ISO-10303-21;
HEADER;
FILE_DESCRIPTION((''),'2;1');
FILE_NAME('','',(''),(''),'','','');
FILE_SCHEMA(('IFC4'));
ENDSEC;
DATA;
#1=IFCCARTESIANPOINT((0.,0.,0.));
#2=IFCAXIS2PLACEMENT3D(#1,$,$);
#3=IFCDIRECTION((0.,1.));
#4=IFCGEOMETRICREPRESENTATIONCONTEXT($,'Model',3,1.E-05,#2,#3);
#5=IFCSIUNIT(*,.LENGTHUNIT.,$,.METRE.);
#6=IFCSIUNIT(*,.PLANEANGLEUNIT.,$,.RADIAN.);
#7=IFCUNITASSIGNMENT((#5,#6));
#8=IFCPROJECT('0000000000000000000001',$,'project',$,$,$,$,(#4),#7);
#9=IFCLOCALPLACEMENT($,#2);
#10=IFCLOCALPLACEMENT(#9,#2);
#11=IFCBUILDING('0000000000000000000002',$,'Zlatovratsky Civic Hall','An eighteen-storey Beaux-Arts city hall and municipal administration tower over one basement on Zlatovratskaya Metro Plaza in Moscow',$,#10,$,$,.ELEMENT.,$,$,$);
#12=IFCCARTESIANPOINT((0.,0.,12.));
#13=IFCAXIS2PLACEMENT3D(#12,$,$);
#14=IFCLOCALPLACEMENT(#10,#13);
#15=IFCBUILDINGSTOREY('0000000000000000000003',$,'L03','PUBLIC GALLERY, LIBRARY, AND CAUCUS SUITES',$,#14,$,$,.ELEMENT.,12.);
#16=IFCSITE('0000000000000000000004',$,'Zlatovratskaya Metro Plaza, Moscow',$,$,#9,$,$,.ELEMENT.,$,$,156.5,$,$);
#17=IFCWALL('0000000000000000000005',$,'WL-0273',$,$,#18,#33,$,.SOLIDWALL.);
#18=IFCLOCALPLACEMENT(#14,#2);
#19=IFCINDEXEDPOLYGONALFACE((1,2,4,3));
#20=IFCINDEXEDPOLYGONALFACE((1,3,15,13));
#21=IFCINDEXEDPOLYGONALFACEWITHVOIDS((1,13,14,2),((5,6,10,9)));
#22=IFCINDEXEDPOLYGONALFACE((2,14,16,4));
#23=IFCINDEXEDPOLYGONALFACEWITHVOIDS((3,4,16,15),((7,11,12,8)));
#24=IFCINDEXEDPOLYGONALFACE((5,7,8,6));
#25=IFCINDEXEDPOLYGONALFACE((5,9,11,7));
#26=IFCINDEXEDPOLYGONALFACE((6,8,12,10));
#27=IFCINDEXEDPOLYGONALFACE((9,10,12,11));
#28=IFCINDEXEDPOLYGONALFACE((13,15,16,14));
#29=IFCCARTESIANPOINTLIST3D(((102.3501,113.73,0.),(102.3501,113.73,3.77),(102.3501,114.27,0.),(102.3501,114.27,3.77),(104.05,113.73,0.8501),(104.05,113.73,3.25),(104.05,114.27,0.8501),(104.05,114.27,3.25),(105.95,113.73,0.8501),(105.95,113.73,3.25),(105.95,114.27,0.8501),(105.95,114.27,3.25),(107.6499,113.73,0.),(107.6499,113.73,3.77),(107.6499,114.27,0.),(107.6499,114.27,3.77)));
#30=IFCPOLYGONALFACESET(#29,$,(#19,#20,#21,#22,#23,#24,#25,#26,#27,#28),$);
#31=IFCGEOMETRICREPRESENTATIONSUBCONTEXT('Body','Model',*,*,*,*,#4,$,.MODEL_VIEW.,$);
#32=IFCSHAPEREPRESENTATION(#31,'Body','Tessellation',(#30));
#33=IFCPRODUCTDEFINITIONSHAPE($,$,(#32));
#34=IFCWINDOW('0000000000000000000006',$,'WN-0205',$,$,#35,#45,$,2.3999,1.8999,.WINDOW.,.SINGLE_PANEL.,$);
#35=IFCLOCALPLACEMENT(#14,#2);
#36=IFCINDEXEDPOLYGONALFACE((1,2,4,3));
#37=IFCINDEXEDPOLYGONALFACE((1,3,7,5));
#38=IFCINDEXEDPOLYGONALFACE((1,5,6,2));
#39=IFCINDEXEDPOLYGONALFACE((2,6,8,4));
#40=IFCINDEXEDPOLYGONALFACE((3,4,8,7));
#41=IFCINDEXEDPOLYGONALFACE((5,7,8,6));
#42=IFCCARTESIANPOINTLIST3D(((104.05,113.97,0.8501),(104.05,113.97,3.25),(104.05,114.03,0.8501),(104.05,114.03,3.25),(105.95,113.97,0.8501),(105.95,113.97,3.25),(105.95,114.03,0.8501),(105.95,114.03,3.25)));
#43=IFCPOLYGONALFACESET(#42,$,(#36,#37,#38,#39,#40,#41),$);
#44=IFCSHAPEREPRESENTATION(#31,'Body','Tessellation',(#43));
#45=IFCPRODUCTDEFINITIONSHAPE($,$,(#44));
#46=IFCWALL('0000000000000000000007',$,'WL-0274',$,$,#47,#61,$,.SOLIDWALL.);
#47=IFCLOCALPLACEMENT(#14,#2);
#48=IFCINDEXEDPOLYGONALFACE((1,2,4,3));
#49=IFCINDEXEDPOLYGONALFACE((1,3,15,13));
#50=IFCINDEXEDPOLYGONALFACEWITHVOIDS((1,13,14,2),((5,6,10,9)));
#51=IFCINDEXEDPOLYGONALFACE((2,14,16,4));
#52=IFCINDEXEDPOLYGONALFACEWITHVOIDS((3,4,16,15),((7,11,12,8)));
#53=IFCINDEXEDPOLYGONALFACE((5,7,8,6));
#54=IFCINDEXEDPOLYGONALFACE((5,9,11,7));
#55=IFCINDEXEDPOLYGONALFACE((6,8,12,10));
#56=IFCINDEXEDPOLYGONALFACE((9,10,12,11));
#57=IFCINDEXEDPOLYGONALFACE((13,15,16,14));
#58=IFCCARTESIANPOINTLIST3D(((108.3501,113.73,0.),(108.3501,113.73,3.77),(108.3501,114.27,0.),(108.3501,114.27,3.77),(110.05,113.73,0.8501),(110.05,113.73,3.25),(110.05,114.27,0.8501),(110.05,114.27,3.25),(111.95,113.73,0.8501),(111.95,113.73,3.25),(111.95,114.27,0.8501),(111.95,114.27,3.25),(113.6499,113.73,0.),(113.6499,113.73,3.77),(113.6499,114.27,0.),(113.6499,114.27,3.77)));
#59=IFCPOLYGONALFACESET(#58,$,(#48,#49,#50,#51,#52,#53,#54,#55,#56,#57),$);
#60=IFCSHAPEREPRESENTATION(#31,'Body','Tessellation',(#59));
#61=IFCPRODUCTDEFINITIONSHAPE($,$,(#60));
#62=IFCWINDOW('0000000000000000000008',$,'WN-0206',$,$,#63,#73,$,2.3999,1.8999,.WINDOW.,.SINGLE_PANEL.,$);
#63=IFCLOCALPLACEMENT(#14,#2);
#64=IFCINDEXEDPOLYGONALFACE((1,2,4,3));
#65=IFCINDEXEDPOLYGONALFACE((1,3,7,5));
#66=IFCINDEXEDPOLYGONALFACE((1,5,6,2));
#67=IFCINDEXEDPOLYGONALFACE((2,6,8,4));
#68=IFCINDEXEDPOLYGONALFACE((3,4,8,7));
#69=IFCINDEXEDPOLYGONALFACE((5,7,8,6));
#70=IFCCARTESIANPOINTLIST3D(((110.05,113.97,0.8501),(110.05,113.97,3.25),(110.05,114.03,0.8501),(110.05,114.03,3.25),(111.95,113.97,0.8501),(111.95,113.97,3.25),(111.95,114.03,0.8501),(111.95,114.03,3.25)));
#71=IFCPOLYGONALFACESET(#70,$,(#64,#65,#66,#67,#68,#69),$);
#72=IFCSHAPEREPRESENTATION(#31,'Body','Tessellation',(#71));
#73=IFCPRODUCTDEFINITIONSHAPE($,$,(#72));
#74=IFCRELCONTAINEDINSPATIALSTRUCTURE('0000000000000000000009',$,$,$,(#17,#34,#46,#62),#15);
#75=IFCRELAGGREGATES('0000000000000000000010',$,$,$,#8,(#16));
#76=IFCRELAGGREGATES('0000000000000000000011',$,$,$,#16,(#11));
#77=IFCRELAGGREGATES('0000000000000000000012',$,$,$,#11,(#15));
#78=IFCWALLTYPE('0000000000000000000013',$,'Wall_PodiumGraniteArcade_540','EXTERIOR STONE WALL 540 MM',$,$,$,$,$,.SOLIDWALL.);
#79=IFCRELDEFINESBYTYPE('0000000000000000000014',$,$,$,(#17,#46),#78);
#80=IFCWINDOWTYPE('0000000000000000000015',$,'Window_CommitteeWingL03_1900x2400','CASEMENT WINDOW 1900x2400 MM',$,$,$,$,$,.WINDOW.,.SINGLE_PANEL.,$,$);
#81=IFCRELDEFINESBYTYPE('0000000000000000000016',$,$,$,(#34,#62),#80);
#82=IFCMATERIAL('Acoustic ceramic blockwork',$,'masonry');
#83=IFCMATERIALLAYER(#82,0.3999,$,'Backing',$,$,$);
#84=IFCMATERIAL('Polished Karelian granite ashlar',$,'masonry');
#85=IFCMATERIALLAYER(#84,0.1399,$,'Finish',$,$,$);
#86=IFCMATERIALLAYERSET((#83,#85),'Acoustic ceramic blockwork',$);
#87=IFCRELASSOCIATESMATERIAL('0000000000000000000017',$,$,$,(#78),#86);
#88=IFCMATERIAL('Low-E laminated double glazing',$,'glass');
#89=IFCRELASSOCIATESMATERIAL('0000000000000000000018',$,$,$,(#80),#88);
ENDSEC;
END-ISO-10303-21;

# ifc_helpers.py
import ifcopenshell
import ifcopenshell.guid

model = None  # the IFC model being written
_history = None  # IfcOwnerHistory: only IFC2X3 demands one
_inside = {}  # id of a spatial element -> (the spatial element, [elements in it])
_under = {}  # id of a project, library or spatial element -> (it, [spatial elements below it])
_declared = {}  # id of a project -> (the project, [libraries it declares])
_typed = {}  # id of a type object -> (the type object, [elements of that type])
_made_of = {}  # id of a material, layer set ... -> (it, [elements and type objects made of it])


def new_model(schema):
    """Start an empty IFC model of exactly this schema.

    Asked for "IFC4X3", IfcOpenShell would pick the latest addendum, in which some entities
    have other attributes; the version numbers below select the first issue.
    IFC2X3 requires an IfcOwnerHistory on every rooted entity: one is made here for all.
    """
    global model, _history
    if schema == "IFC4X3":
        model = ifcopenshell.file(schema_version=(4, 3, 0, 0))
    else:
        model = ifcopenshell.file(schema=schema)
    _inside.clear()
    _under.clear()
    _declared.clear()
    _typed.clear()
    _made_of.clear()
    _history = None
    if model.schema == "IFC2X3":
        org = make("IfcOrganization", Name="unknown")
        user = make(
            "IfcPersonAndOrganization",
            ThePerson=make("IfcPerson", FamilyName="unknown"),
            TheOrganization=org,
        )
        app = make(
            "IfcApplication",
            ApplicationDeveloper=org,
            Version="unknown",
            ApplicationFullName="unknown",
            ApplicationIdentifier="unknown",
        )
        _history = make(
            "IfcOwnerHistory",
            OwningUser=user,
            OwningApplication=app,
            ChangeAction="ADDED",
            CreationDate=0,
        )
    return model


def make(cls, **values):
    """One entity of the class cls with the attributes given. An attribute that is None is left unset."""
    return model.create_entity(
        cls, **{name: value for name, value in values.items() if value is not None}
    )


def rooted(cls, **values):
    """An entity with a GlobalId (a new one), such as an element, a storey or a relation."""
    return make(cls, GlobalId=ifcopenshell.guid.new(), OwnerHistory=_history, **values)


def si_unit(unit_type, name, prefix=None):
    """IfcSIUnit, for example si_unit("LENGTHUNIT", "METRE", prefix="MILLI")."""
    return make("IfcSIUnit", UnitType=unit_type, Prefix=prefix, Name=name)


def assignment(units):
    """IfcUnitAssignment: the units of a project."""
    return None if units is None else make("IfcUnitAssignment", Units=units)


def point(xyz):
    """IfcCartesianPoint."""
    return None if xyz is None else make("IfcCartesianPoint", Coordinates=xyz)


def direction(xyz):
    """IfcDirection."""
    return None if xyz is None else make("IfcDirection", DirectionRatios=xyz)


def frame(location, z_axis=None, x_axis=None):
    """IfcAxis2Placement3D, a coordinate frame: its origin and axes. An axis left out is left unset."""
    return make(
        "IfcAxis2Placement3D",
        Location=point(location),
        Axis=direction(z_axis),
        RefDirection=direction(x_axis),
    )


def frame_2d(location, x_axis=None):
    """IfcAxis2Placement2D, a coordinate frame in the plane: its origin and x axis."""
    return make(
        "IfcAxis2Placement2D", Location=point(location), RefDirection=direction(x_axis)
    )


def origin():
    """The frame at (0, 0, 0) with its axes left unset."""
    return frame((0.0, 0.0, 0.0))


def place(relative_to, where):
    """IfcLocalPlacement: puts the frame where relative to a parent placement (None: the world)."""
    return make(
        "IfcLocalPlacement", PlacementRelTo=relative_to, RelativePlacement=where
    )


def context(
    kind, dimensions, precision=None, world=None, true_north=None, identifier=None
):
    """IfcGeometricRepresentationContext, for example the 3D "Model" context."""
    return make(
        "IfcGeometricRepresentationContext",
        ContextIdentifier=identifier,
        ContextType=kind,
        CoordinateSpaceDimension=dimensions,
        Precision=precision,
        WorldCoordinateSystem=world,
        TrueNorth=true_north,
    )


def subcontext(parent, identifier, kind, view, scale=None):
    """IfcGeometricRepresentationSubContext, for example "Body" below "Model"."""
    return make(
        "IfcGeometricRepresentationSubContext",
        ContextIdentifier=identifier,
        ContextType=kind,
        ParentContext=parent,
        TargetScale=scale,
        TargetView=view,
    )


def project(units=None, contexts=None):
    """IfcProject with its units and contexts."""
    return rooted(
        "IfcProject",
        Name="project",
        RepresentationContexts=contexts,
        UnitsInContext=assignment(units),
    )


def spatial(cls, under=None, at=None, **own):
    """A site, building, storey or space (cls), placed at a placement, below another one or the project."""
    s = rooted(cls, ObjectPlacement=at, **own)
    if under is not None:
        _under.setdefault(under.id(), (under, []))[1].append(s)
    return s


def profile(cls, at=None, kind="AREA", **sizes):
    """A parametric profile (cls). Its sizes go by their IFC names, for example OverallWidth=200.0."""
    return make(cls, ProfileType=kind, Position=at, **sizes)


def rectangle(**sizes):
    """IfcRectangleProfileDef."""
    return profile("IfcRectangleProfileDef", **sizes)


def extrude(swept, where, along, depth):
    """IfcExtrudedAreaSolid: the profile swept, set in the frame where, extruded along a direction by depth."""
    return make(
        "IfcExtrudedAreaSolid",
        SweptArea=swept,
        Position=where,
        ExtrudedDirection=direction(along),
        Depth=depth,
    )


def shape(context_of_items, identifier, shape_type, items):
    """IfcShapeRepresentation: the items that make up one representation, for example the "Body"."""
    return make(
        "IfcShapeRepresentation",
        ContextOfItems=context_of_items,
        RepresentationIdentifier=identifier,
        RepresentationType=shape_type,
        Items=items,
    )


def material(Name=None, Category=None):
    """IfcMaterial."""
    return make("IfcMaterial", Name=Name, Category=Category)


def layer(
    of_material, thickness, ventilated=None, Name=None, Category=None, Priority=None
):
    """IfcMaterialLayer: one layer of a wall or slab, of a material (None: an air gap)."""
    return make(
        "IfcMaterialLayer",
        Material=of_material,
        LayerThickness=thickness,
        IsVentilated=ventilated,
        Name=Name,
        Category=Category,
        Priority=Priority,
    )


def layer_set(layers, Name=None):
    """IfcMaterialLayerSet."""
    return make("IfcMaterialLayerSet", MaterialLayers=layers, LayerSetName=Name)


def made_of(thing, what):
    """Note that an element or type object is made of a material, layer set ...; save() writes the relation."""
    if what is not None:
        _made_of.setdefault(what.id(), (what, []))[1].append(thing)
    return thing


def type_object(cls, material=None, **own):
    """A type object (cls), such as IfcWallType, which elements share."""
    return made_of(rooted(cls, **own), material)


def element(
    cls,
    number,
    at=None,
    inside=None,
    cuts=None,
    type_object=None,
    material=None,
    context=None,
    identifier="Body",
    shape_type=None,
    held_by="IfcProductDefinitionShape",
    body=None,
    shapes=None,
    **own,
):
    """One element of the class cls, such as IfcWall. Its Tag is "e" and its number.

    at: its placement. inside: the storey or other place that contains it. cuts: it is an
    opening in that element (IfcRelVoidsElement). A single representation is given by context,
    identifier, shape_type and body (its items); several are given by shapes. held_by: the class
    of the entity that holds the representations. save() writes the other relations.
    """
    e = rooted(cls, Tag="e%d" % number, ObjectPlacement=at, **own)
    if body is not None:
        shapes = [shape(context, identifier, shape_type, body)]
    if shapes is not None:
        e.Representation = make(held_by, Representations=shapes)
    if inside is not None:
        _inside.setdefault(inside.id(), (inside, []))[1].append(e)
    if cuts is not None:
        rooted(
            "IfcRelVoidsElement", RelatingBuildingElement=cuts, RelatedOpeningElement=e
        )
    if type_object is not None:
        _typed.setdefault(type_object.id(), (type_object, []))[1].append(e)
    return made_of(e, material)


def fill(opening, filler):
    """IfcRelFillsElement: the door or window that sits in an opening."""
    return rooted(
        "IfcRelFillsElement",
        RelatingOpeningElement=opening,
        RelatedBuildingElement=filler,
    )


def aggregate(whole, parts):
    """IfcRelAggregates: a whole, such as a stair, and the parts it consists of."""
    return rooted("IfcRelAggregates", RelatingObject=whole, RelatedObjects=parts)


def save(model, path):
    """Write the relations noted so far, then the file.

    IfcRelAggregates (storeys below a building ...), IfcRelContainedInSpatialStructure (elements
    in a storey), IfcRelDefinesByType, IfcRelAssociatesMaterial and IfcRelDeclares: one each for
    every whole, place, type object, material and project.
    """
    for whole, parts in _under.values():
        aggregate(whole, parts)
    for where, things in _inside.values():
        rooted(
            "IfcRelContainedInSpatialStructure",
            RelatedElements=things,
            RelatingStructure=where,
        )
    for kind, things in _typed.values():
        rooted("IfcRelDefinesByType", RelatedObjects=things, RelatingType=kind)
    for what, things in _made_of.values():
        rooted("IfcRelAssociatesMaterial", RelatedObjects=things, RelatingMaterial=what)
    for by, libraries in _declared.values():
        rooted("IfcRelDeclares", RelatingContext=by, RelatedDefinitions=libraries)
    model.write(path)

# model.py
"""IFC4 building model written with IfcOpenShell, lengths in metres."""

from ifc_helpers import new_model, si_unit, direction, frame, frame_2d, origin, place, context, subcontext, project, spatial, rectangle, extrude, material, layer, layer_set, type_object, element, fill, save


model = new_model("IFC4")

# Units and contexts
model_context = context("Model", 3, precision=1e-05, world=origin(), true_north=direction((0.0, 1.0)))
body_context = subcontext(model_context, "Body", "Model", "MODEL_VIEW")
ifc_project = project(units=[si_unit("LENGTHUNIT", "METRE"), si_unit("PLANEANGLEUNIT", "RADIAN")], contexts=[model_context])

# Site, building, storey
site_placement = place(None, origin())
site = spatial("IfcSite", under=ifc_project, at=site_placement, Name="Zlatovratskaya Metro Plaza, Moscow", CompositionType="ELEMENT", RefElevation=156.5)
building_placement = place(site_placement, origin())
building = spatial("IfcBuilding", under=site, at=building_placement, Name="Zlatovratsky Civic Hall", Description="An eighteen-storey Beaux-Arts city hall and municipal administration tower over one basement on Zlatovratskaya Metro Plaza in Moscow", CompositionType="ELEMENT")
storey_placement = place(building_placement, frame((0.0, 0.0, 12.0)))
storey = spatial("IfcBuildingStorey", under=building, at=storey_placement, Name="L03", Description="PUBLIC GALLERY, LIBRARY, AND CAUCUS SUITES", CompositionType="ELEMENT", Elevation=12.0)

# Walls, openings, windows
ifc_material_1 = material(Name="Acoustic ceramic blockwork", Category="masonry")
ifc_layer_1 = layer(ifc_material_1, 0.3999, Name="Backing")
ifc_material_2 = material(Name="Polished Karelian granite ashlar", Category="masonry")
ifc_layer_2 = layer(ifc_material_2, 0.1399, Name="Finish")
ifc_layer_set = layer_set([ifc_layer_1, ifc_layer_2], Name="Acoustic ceramic blockwork")
wall_type = type_object("IfcWallType", Name="Wall_PodiumGraniteArcade_540", Description="EXTERIOR STONE WALL 540 MM", PredefinedType="SOLIDWALL", material=ifc_layer_set)
wall_1_placement = place(storey_placement, frame((102.3501, 114.0, 0.0), z_axis=(0.0, 0.0, 1.0), x_axis=(1.0, 0.0, 0.0)))
wall_1 = element("IfcWall", 1, at=wall_1_placement, inside=storey, type_object=wall_type, Name="WL-0273", PredefinedType="SOLIDWALL", context=body_context, shape_type="SweptSolid", body=[
    extrude(rectangle(XDim=5.2998, YDim=0.54, at=frame_2d((2.6499, 0.0))), origin(), (0.0, 0.0, 1.0), 3.77),
])
opening_1_placement = place(wall_1_placement, frame((1.7, 0.0, 0.8501)))
opening_1 = element("IfcOpeningElement", 2, at=opening_1_placement, cuts=wall_1, PredefinedType="OPENING", context=body_context, shape_type="SweptSolid", body=[
    extrude(rectangle(XDim=1.8999, YDim=2.3999, at=frame_2d((0.95, 1.2))), frame((0.0, 0.2849, 0.0), z_axis=(0.0, -1.0, 0.0), x_axis=(1.0, 0.0, 0.0)), (0.0, 0.0, 1.0), 0.5698),
])
ifc_material_3 = material(Name="Low-E laminated double glazing", Category="glass")
window_type = type_object("IfcWindowType", Name="Window_CommitteeWingL03_1900x2400", Description="CASEMENT WINDOW 1900x2400 MM", PartitioningType="SINGLE_PANEL", PredefinedType="WINDOW", material=ifc_material_3)
window_1_placement = place(opening_1_placement, origin())
window_1 = element("IfcWindow", 3, at=window_1_placement, inside=storey, type_object=window_type, Name="WN-0205", OverallHeight=2.3999, OverallWidth=1.8999, PartitioningType="SINGLE_PANEL", PredefinedType="WINDOW", context=body_context, shape_type="SweptSolid", body=[
    extrude(rectangle(XDim=1.8999, YDim=2.3999, at=frame_2d((0.95, 1.2))), frame((0.0, 0.03, 0.0), z_axis=(0.0, -1.0, 0.0), x_axis=(1.0, 0.0, 0.0)), (0.0, 0.0, 1.0), 0.0601),
])
fill(opening_1, window_1)
wall_2_placement = place(storey_placement, frame((108.3501, 114.0, 0.0), z_axis=(0.0, 0.0, 1.0), x_axis=(1.0, 0.0, 0.0)))
wall_2 = element("IfcWall", 4, at=wall_2_placement, inside=storey, type_object=wall_type, Name="WL-0274", PredefinedType="SOLIDWALL", context=body_context, shape_type="SweptSolid", body=[
    extrude(rectangle(XDim=5.2998, YDim=0.54, at=frame_2d((2.6499, 0.0))), origin(), (0.0, 0.0, 1.0), 3.77),
])
opening_2_placement = place(wall_2_placement, frame((1.7, 0.0, 0.8501)))
opening_2 = element("IfcOpeningElement", 5, at=opening_2_placement, cuts=wall_2, PredefinedType="OPENING", context=body_context, shape_type="SweptSolid", body=[
    extrude(rectangle(XDim=1.8999, YDim=2.3999, at=frame_2d((0.95, 1.2))), frame((0.0, 0.2849, 0.0), z_axis=(0.0, -1.0, 0.0), x_axis=(1.0, 0.0, 0.0)), (0.0, 0.0, 1.0), 0.5698),
])
window_2_placement = place(opening_2_placement, origin())
window_2 = element("IfcWindow", 6, at=window_2_placement, inside=storey, type_object=window_type, Name="WN-0206", OverallHeight=2.3999, OverallWidth=1.8999, PartitioningType="SINGLE_PANEL", PredefinedType="WINDOW", context=body_context, shape_type="SweptSolid", body=[
    extrude(rectangle(XDim=1.8999, YDim=2.3999, at=frame_2d((0.95, 1.2))), frame((0.0, 0.03, 0.0), z_axis=(0.0, -1.0, 0.0), x_axis=(1.0, 0.0, 0.0)), (0.0, 0.0, 1.0), 0.0601),
])
fill(opening_2, window_2)

save(model, "model.ifc")
